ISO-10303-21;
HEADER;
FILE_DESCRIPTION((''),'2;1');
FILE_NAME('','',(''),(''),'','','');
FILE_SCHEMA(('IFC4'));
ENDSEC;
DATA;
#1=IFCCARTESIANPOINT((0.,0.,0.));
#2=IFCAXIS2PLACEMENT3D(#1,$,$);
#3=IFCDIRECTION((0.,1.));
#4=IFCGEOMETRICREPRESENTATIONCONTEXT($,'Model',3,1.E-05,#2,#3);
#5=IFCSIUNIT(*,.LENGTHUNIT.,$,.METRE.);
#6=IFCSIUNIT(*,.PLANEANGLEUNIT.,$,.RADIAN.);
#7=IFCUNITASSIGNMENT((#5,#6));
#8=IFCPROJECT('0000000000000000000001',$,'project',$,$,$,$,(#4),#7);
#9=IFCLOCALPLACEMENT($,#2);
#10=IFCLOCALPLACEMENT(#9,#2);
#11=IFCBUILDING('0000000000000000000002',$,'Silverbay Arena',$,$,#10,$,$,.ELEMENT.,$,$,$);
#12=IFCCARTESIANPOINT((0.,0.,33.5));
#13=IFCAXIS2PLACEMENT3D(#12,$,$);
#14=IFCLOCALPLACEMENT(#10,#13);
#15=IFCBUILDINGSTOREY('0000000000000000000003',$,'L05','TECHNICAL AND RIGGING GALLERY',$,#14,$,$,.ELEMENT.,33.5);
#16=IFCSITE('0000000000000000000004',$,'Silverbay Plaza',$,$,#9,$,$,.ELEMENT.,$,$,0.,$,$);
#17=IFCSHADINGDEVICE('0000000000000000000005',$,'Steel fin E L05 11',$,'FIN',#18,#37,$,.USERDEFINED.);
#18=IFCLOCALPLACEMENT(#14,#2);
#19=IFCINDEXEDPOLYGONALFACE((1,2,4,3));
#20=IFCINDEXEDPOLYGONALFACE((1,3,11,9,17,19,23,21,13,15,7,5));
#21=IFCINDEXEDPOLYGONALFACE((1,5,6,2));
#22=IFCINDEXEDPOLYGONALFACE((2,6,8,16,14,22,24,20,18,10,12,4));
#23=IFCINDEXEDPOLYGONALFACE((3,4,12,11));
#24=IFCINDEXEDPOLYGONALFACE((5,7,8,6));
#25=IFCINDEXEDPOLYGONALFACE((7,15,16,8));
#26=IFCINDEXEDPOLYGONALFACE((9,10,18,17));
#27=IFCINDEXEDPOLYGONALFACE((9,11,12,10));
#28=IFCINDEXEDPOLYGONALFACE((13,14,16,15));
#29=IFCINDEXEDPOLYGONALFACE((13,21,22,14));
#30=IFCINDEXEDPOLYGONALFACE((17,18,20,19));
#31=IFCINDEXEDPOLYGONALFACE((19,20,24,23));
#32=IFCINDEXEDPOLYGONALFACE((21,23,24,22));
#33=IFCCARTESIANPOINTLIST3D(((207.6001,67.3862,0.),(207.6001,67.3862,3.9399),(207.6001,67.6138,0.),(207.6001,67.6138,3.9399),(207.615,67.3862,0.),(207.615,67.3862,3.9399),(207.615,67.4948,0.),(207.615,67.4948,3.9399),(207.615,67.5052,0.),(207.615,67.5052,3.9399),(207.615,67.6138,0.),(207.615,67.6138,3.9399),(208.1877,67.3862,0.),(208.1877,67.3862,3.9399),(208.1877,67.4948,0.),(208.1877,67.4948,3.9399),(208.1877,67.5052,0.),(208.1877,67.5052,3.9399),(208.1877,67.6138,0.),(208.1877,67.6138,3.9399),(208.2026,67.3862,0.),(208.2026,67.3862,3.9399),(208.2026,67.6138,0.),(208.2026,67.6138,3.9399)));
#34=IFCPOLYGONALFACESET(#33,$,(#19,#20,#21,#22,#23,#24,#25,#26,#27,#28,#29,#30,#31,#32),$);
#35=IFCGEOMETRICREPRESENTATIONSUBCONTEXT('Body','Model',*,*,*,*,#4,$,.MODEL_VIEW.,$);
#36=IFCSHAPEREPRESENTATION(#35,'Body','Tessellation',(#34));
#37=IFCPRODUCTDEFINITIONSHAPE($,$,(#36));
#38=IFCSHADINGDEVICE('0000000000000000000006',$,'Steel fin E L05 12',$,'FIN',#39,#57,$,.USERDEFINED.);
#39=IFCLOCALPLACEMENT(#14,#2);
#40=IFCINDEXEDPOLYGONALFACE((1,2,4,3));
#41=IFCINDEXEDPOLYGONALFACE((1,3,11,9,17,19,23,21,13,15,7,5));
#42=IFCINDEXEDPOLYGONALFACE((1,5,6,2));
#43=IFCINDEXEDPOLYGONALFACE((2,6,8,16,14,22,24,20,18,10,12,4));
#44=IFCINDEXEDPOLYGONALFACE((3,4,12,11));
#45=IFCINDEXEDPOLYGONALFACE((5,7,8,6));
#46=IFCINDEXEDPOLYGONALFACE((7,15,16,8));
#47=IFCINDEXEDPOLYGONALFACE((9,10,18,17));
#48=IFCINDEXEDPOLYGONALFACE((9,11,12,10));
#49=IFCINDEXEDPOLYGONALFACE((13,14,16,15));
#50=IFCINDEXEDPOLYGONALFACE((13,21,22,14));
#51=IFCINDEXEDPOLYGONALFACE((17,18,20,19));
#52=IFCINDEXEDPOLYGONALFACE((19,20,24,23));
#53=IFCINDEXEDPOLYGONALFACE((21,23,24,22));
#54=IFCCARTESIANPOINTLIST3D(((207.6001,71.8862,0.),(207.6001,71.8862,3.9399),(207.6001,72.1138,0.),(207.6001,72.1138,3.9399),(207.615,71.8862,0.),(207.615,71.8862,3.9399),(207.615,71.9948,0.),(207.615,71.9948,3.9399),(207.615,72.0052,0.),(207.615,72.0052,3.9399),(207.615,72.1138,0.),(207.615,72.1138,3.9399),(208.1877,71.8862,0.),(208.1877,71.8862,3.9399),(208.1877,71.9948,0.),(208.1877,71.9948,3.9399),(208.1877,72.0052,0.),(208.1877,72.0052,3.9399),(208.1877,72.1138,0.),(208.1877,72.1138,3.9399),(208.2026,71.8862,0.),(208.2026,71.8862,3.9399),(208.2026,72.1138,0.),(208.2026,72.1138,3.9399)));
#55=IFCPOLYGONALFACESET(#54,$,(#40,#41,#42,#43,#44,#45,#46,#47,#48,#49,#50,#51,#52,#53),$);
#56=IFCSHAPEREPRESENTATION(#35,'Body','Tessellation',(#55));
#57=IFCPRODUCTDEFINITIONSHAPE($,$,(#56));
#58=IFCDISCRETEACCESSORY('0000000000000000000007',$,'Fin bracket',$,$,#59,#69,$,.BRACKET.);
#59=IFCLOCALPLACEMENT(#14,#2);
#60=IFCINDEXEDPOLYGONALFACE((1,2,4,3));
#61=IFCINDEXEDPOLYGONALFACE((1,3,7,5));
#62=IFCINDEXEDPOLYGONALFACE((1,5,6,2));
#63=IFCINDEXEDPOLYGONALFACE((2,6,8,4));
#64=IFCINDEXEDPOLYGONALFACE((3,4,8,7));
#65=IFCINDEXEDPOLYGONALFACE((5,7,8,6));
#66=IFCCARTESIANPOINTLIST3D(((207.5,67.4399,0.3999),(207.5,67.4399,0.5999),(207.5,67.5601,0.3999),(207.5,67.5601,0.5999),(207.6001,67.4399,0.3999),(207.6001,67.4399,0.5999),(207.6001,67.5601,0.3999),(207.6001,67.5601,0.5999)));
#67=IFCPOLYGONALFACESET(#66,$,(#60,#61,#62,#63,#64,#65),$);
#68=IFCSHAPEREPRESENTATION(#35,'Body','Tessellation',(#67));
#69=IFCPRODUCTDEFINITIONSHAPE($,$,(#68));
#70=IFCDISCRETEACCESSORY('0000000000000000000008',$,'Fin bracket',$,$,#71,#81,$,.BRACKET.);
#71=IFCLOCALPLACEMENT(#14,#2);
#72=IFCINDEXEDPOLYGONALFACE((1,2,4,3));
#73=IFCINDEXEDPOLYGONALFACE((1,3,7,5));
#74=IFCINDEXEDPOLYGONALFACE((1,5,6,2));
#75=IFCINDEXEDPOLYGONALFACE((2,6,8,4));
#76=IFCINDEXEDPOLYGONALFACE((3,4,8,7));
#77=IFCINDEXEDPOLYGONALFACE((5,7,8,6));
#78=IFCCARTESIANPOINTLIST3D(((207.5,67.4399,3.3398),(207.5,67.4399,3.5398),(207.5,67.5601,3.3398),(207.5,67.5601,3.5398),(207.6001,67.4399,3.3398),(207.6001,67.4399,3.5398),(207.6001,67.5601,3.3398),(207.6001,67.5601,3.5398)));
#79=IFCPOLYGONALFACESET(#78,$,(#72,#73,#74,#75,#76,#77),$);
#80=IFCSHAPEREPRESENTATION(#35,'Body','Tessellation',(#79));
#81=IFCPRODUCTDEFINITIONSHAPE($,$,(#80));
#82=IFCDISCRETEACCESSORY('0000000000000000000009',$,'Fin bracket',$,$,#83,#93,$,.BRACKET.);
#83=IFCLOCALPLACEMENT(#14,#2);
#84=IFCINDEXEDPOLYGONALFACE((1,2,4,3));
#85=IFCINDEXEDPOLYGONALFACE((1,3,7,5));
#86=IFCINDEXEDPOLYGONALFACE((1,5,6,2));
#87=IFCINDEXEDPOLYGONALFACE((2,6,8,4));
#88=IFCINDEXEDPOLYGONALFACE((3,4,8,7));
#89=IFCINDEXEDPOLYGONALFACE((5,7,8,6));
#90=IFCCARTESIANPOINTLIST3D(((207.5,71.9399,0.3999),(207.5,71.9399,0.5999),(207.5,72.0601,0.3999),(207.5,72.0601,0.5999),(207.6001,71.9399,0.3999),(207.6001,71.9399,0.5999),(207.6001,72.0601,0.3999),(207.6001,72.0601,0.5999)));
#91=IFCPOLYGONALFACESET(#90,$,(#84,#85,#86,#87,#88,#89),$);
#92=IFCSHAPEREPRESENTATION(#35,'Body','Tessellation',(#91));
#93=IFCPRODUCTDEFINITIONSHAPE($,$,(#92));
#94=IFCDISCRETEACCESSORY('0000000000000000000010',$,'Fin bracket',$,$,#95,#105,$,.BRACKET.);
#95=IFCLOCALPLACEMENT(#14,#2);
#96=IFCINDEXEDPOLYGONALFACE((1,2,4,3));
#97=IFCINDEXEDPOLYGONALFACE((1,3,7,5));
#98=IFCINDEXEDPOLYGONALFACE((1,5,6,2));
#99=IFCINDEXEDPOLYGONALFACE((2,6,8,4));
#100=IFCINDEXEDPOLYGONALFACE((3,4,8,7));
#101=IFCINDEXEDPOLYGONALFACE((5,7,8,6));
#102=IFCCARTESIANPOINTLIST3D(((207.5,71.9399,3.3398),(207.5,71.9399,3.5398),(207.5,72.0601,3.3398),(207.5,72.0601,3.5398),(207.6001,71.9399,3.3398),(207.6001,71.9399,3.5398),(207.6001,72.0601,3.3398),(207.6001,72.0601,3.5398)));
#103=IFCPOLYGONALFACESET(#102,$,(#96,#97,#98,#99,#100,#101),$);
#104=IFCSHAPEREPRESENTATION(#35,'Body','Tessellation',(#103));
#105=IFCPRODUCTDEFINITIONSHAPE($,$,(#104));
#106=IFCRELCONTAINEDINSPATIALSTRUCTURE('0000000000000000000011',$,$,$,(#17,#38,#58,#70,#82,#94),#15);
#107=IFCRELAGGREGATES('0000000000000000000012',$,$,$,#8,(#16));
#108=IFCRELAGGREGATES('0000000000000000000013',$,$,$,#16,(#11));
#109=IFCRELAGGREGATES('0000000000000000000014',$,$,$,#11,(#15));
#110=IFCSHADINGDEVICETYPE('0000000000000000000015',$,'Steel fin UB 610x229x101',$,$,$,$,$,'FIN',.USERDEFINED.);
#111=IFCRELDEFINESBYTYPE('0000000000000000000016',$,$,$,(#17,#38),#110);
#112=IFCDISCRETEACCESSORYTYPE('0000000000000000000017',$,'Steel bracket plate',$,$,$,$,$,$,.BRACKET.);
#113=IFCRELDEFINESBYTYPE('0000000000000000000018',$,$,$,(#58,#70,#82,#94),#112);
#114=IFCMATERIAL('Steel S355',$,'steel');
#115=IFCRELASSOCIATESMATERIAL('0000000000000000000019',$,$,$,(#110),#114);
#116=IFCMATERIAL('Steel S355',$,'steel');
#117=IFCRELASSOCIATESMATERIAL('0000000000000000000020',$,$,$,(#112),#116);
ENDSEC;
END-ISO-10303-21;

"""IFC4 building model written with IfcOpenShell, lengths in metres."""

from ifc_helpers import new_model, si_unit, direction, frame, origin, origin_2d, place, context, subcontext, project, spatial, rectangle, i_section, extrude, material, material_profile, profile_set, type_object, element, save


model = new_model("IFC4")

# Units and contexts
model_context = context("Model", 3, precision=1e-05, world=origin(), true_north=direction((0.0, 1.0)))
body_context = subcontext(model_context, "Body", "Model", "MODEL_VIEW")
ifc_project = project(units=[si_unit("LENGTHUNIT", "METRE"), si_unit("PLANEANGLEUNIT", "RADIAN")], contexts=[model_context])

# Site, building, storey
site_placement = place(None, origin())
site = spatial("IfcSite", under=ifc_project, at=site_placement, Name="Silverbay Plaza", CompositionType="ELEMENT", RefElevation=0.0)
building_placement = place(site_placement, origin())
building = spatial("IfcBuilding", under=site, at=building_placement, Name="Silverbay Arena", CompositionType="ELEMENT")
storey_placement = place(building_placement, frame((0.0, 0.0, 33.5)))
storey = spatial("IfcBuildingStorey", under=building, at=storey_placement, Name="L05", Description="TECHNICAL AND RIGGING GALLERY", CompositionType="ELEMENT", Elevation=33.5)

# Shading devices
ifc_material_1 = material(Name="Steel S355", Category="steel")
ifc_material_profile_1 = material_profile(ifc_material_1, i_section(OverallWidth=0.2275, OverallDepth=0.6025, WebThickness=0.0105, FlangeThickness=0.0149, at=origin_2d()), Name="UB 610x229x101")
ifc_profile_set_1 = profile_set([ifc_material_profile_1], Name="Steel S355")
shading_device_type = type_object("IfcShadingDeviceType", Name="Steel fin UB 610x229x101", ElementType="FIN", PredefinedType="USERDEFINED", material=ifc_profile_set_1)
for number, where, z_axis, x_axis, name in (
    (1, (207.9014, 67.5, 0.0), (0.0, 0.0, 1.0), (0.0, 1.0, 0.0), "Steel fin E L05 11"),
    (2, (207.9014, 72.0, 0.0), (0.0, 0.0, 1.0), (0.0, 1.0, 0.0), "Steel fin E L05 12"),
):
    element("IfcShadingDevice", number, at=place(storey_placement, frame(where, z_axis=z_axis, x_axis=x_axis)), inside=storey, type_object=shading_device_type, Name=name, ObjectType="FIN", PredefinedType="USERDEFINED", context=body_context, shape_type="SweptSolid", body=[
        extrude(i_section(OverallWidth=0.2275, OverallDepth=0.6025, WebThickness=0.0105, FlangeThickness=0.0149, at=origin_2d()), origin(), (0.0, 0.0, 1.0), 3.9399),
    ])

# Discrete accessories
ifc_material_2 = material(Name="Steel S355", Category="steel")
discrete_accessory_type = type_object("IfcDiscreteAccessoryType", Name="Steel bracket plate", PredefinedType="BRACKET", material=ifc_material_2)
for number, where, z_axis, x_axis, name in (
    (3, (207.55, 67.5, 0.3999), (0.0, 0.0, 1.0), (1.0, 0.0, 0.0), "Fin bracket"),
    (4, (207.55, 67.5, 3.3398), (0.0, 0.0, 1.0), (1.0, 0.0, 0.0), "Fin bracket"),
    (5, (207.55, 72.0, 0.3999), (0.0, 0.0, 1.0), (1.0, 0.0, 0.0), "Fin bracket"),
    (6, (207.55, 72.0, 3.3398), (0.0, 0.0, 1.0), (1.0, 0.0, 0.0), "Fin bracket"),
):
    element("IfcDiscreteAccessory", number, at=place(storey_placement, frame(where, z_axis=z_axis, x_axis=x_axis)), inside=storey, type_object=discrete_accessory_type, Name=name, PredefinedType="BRACKET", context=body_context, shape_type="SweptSolid", body=[
        extrude(rectangle(XDim=0.1001, YDim=0.1201, at=origin_2d()), origin(), (0.0, 0.0, 1.0), 0.2),
    ])

save(model, "model.ifc")
